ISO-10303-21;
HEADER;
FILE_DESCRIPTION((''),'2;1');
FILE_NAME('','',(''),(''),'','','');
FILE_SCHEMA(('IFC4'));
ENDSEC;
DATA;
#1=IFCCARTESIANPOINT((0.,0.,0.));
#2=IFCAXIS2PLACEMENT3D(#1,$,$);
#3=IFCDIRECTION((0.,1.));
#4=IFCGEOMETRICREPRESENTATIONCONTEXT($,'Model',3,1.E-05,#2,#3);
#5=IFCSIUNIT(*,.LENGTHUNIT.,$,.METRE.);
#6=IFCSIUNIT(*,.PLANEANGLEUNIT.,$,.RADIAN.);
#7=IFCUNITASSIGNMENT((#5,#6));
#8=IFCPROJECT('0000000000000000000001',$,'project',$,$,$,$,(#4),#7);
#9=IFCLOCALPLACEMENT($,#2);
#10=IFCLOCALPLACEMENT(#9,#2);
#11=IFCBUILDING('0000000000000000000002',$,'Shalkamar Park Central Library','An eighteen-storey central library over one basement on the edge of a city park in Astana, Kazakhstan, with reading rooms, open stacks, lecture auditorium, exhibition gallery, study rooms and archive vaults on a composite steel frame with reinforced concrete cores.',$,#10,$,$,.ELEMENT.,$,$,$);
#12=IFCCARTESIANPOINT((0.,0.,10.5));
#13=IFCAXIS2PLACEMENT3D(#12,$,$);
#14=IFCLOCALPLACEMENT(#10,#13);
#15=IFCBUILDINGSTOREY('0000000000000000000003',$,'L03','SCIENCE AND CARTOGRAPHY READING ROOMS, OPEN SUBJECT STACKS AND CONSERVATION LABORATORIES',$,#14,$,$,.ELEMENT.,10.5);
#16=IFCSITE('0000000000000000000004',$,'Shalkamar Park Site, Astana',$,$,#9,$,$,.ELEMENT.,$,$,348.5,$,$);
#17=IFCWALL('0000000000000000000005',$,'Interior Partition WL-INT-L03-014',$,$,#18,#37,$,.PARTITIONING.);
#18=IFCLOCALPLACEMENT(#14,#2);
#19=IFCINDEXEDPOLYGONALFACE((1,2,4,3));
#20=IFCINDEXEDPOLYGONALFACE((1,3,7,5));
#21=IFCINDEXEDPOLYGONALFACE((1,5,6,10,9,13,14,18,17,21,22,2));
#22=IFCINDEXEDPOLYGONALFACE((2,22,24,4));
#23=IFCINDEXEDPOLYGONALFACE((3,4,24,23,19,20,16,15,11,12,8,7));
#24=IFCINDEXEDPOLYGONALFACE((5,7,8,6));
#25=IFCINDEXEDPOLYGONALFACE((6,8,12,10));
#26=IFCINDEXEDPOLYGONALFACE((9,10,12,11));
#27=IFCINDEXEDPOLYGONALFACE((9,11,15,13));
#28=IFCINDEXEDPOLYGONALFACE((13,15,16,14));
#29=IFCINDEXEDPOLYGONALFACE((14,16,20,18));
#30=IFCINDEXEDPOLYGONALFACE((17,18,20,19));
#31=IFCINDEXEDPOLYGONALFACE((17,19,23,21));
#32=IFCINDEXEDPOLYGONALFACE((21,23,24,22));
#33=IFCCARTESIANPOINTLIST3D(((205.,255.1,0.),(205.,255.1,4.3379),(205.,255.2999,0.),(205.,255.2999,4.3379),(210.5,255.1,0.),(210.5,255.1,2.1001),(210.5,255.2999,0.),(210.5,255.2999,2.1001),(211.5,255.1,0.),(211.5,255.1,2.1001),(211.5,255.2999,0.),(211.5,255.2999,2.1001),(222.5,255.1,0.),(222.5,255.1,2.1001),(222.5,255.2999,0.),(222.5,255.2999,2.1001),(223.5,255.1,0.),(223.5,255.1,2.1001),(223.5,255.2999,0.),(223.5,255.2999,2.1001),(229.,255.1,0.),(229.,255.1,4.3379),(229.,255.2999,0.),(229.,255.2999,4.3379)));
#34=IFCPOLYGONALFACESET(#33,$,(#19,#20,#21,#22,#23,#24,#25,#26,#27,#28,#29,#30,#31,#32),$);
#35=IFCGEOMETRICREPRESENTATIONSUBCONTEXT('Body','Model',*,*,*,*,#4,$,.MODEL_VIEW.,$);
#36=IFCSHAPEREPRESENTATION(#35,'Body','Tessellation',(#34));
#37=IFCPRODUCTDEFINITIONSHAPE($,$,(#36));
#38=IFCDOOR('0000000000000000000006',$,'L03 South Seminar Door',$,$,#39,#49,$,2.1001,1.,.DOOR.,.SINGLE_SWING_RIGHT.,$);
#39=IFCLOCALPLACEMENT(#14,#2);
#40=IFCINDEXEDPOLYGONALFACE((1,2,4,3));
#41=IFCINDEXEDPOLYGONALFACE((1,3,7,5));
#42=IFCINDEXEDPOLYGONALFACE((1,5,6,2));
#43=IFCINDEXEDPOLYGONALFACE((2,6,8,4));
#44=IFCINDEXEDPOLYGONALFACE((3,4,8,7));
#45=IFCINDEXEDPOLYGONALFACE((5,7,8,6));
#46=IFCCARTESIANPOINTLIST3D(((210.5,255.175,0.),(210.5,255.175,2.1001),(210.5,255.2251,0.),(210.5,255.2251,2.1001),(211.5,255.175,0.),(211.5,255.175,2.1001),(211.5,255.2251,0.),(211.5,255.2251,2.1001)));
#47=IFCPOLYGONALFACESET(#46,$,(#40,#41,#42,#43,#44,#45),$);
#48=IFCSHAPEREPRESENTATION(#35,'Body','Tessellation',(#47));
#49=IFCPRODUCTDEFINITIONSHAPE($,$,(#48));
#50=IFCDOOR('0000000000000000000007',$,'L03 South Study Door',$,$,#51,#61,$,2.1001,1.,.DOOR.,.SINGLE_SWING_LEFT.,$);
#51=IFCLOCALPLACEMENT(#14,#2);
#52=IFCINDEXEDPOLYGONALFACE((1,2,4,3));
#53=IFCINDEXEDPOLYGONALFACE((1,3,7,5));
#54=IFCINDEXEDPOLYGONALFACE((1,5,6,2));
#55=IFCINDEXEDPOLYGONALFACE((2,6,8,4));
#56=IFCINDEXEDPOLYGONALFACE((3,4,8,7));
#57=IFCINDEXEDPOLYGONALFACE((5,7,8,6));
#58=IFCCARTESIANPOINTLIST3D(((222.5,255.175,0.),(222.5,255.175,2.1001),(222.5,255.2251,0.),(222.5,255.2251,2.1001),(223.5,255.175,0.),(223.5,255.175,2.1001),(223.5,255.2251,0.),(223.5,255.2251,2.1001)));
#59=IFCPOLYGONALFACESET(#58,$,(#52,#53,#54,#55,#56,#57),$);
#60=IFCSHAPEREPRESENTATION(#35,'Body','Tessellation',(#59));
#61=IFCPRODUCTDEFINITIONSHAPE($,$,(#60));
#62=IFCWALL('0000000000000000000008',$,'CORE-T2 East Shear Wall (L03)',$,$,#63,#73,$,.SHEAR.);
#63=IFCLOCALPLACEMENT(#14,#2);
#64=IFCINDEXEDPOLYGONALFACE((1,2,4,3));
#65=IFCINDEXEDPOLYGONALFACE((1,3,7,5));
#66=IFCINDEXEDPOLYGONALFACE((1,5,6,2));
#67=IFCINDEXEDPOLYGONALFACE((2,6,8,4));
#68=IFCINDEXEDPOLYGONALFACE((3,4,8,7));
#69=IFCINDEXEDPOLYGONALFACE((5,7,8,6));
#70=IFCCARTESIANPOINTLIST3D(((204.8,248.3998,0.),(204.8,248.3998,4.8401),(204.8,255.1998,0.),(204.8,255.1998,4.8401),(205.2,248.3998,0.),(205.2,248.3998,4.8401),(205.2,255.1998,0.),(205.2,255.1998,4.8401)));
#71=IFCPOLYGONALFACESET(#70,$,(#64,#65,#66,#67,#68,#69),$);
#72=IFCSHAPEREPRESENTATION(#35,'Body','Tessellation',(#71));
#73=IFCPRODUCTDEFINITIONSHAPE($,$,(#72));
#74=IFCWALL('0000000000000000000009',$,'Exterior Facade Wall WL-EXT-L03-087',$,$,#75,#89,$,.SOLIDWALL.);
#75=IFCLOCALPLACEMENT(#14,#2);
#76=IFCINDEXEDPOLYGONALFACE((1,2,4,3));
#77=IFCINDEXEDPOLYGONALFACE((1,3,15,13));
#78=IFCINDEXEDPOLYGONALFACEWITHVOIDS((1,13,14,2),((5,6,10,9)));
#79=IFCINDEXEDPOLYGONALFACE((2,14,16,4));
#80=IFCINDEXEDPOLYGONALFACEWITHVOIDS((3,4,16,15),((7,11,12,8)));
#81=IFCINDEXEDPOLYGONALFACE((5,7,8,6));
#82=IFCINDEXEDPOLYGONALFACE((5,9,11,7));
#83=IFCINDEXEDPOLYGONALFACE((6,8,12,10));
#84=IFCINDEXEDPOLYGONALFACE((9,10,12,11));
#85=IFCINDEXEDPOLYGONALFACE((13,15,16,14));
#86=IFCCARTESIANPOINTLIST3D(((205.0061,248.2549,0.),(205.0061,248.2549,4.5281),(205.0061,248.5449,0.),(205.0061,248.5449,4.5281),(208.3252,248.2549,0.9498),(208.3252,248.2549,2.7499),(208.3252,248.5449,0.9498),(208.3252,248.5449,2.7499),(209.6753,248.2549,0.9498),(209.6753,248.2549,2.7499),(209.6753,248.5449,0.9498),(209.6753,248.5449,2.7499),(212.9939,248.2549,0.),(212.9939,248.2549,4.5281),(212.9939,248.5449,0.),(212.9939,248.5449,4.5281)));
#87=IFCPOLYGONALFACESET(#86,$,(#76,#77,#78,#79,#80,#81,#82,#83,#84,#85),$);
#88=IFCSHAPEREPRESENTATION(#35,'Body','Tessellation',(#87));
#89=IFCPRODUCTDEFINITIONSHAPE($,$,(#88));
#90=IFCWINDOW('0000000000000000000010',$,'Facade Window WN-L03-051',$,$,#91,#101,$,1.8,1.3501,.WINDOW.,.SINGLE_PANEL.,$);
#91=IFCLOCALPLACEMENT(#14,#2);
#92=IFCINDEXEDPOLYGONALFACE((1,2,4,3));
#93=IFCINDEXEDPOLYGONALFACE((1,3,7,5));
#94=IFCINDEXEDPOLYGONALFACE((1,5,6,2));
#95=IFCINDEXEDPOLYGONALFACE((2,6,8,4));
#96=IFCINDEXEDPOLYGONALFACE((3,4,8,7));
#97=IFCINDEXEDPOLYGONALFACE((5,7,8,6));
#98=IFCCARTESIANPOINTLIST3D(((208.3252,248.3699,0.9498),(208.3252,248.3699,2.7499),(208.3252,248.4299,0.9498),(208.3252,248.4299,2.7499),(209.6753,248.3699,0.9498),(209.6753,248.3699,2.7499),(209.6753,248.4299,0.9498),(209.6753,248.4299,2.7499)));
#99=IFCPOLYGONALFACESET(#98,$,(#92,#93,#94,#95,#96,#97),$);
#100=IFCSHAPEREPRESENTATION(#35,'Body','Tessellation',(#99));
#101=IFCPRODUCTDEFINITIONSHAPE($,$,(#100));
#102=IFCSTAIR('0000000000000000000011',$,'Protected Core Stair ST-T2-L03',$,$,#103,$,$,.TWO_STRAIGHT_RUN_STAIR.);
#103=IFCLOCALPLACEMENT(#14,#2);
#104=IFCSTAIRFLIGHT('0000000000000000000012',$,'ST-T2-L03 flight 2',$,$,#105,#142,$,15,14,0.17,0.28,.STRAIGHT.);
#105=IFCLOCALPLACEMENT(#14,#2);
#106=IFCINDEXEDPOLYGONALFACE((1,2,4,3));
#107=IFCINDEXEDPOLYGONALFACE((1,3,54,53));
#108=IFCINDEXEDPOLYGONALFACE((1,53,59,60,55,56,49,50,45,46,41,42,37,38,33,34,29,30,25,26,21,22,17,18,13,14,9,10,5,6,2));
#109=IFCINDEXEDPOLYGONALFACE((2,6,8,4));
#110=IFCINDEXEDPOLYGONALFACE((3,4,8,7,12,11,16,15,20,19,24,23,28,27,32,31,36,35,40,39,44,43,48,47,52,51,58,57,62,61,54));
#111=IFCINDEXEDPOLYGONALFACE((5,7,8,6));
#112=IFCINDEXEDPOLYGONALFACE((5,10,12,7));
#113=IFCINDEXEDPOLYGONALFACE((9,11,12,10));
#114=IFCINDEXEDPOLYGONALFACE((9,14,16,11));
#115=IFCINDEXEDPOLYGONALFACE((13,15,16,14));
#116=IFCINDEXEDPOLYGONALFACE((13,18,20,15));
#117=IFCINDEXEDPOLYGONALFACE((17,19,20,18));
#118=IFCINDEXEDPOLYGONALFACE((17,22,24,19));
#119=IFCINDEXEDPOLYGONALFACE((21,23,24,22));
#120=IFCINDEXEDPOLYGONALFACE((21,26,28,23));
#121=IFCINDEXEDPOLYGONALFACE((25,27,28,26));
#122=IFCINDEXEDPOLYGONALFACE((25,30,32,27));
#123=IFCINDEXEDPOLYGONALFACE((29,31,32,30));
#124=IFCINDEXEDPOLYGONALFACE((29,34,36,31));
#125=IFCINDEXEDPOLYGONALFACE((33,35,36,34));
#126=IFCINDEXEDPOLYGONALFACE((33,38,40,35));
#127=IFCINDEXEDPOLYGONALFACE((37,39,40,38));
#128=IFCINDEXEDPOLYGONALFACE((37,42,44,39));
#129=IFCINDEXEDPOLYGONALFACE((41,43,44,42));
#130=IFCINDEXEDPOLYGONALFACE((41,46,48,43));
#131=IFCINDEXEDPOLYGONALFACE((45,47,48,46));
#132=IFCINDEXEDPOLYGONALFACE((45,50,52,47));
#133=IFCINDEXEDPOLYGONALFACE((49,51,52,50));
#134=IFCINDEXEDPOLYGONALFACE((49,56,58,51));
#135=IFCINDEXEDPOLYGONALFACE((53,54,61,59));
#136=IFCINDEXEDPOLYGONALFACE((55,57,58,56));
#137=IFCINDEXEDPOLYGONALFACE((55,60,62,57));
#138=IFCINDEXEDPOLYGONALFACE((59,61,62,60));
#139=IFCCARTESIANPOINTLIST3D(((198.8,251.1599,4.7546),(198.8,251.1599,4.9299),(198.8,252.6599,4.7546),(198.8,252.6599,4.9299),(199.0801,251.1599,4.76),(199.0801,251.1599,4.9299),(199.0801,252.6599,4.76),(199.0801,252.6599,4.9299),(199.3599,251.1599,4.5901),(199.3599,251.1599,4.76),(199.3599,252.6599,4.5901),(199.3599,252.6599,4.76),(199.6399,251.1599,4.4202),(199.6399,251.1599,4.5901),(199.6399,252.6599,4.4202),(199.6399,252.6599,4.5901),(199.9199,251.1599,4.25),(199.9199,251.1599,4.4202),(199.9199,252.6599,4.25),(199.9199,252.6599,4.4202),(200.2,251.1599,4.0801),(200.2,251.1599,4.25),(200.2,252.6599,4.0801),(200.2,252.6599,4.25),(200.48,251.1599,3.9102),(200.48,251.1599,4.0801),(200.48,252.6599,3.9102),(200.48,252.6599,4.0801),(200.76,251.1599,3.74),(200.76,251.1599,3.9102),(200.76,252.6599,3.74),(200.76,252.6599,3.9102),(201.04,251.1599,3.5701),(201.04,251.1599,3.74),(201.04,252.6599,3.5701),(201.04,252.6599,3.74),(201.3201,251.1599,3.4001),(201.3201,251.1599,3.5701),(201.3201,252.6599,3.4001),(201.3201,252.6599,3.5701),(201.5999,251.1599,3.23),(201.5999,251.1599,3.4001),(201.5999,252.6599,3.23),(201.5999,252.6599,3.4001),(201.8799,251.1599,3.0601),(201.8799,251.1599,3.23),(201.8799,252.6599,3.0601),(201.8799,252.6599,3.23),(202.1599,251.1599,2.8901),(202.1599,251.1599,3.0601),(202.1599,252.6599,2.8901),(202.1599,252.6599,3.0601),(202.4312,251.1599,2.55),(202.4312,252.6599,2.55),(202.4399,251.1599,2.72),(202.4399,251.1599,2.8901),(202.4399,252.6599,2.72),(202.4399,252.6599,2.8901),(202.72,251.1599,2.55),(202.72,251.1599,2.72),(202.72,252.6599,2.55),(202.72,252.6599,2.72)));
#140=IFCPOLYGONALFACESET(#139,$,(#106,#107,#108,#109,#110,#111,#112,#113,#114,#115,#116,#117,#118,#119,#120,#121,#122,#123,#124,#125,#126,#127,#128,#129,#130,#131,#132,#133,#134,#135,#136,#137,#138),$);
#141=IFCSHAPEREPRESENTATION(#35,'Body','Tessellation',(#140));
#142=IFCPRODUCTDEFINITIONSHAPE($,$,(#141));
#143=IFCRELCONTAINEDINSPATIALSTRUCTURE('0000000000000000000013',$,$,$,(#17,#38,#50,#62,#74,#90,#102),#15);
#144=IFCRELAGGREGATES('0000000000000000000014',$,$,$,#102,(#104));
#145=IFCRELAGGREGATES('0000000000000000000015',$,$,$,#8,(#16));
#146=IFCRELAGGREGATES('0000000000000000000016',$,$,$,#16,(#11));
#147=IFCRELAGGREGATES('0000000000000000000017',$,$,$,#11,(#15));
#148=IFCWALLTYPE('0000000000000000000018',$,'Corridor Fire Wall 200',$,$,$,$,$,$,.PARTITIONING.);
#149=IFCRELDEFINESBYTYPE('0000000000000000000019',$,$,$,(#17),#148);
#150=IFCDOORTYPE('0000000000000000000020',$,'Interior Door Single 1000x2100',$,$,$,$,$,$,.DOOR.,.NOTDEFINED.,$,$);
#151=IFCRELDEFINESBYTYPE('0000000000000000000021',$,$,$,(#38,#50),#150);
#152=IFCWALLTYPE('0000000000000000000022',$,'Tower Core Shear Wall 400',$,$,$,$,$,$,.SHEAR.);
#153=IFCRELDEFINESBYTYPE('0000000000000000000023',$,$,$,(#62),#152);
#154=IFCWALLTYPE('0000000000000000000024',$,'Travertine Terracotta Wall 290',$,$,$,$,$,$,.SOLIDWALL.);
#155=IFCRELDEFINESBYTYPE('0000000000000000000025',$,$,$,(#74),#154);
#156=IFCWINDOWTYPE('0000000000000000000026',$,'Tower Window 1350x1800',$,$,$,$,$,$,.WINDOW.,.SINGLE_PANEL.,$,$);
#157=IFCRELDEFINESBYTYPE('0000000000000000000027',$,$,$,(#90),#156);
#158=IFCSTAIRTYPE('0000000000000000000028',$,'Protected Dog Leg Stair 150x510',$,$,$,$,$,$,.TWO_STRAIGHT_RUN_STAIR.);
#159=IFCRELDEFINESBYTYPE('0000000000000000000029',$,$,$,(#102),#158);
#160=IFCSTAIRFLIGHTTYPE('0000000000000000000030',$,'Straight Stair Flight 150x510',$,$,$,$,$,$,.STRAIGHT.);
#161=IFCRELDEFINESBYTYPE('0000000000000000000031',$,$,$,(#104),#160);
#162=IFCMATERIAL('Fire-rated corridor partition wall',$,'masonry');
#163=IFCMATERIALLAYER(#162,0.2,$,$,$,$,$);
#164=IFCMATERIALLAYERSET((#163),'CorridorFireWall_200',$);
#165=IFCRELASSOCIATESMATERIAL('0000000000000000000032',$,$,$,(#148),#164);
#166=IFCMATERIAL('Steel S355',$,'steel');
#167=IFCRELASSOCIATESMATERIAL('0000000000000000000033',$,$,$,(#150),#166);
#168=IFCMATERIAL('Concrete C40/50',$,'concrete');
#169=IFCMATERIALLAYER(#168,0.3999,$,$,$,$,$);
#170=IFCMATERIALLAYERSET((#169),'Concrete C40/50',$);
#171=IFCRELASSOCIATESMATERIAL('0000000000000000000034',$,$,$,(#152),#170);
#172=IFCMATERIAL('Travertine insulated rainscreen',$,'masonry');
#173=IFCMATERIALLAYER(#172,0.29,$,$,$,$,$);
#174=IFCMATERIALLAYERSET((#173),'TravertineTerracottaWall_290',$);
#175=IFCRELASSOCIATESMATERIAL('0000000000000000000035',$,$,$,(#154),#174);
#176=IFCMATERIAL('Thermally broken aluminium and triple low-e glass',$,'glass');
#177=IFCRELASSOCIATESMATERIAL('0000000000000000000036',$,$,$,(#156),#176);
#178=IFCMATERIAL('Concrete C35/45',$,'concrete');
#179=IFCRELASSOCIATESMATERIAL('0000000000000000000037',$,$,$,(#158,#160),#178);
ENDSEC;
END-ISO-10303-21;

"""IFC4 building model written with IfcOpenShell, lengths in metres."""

from ifc_helpers import new_model, si_unit, direction, frame, frame_2d, origin, place, context, subcontext, project, spatial, polyline, rectangle, outline, extrude, material, layer, layer_set, type_object, element, fill, aggregate, save


model = new_model("IFC4")

# Units and contexts
model_context = context("Model", 3, precision=1e-05, world=origin(), true_north=direction((0.0, 1.0)))
body_context = subcontext(model_context, "Body", "Model", "MODEL_VIEW")
ifc_project = project(units=[si_unit("LENGTHUNIT", "METRE"), si_unit("PLANEANGLEUNIT", "RADIAN")], contexts=[model_context])

# Site, building, storey
site_placement = place(None, origin())
site = spatial("IfcSite", under=ifc_project, at=site_placement, Name="Shalkamar Park Site, Astana", CompositionType="ELEMENT", RefElevation=348.5)
building_placement = place(site_placement, origin())
building = spatial("IfcBuilding", under=site, at=building_placement, Name="Shalkamar Park Central Library", Description="An eighteen-storey central library over one basement on the edge of a city park in Astana, Kazakhstan, with reading rooms, open stacks, lecture auditorium, exhibition gallery, study rooms and archive vaults on a composite steel frame with reinforced concrete cores.", CompositionType="ELEMENT")
storey_placement = place(building_placement, frame((0.0, 0.0, 10.5)))
storey = spatial("IfcBuildingStorey", under=building, at=storey_placement, Name="L03", Description="SCIENCE AND CARTOGRAPHY READING ROOMS, OPEN SUBJECT STACKS AND CONSERVATION LABORATORIES", CompositionType="ELEMENT", Elevation=10.5)

# Shared definitions
ifc_material_1 = material(Name="Steel S355", Category="steel")

# Wall, openings, doors
ifc_material_2 = material(Name="Fire-rated corridor partition wall", Category="masonry")
ifc_layer_1 = layer(ifc_material_2, 0.2)
ifc_layer_set_1 = layer_set([ifc_layer_1], Name="CorridorFireWall_200")
wall_type_1 = type_object("IfcWallType", Name="Corridor Fire Wall 200", PredefinedType="PARTITIONING", material=ifc_layer_set_1)
wall_1_placement = place(storey_placement, frame((205.0, 255.2, 0.0), z_axis=(0.0, 0.0, 1.0), x_axis=(1.0, 0.0, 0.0)))
wall_1 = element("IfcWall", 1, at=wall_1_placement, inside=storey, type_object=wall_type_1, Name="Interior Partition WL-INT-L03-014", PredefinedType="PARTITIONING", context=body_context, shape_type="SweptSolid", body=[
    extrude(rectangle(XDim=24.0, YDim=0.2, at=frame_2d((12.0, 0.0))), origin(), (0.0, 0.0, 1.0), 4.3379),
])
opening_1_placement = place(wall_1_placement, frame((5.5, 0.0, 0.0)))
opening_1 = element("IfcOpeningElement", 2, at=opening_1_placement, cuts=wall_1, PredefinedType="OPENING", context=body_context, shape_type="SweptSolid", body=[
    extrude(rectangle(XDim=1.0, YDim=2.1001, at=frame_2d((0.5, 1.05))), frame((0.0, 0.1147, 0.0), z_axis=(0.0, -1.0, 0.0), x_axis=(1.0, 0.0, 0.0)), (0.0, 0.0, 1.0), 0.2297),
])
opening_2_placement = place(wall_1_placement, frame((17.5, 0.0, 0.0)))
opening_2 = element("IfcOpeningElement", 3, at=opening_2_placement, cuts=wall_1, PredefinedType="OPENING", context=body_context, shape_type="SweptSolid", body=[
    extrude(rectangle(XDim=1.0, YDim=2.1001, at=frame_2d((0.5, 1.05))), frame((0.0, 0.1147, 0.0), z_axis=(0.0, -1.0, 0.0), x_axis=(1.0, 0.0, 0.0)), (0.0, 0.0, 1.0), 0.2297),
])
door_type = type_object("IfcDoorType", Name="Interior Door Single 1000x2100", OperationType="NOTDEFINED", PredefinedType="DOOR", material=ifc_material_1)
door_1_placement = place(opening_1_placement, frame((1.0, 0.0, 0.0), z_axis=(0.0, 0.0, 1.0), x_axis=(-1.0, 0.0, 0.0)))
door_1 = element("IfcDoor", 4, at=door_1_placement, inside=storey, type_object=door_type, Name="L03 South Seminar Door", OperationType="SINGLE_SWING_RIGHT", OverallHeight=2.1001, OverallWidth=1.0, PredefinedType="DOOR", context=body_context, shape_type="SweptSolid", body=[
    extrude(rectangle(XDim=1.0, YDim=2.1001, at=frame_2d((0.5, 1.05))), frame((0.0, 0.0249, 0.0), z_axis=(0.0, -1.0, 0.0), x_axis=(1.0, 0.0, 0.0)), (0.0, 0.0, 1.0), 0.05),
])
fill(opening_1, door_1)
door_2_placement = place(opening_2_placement, frame((1.0, 0.0, 0.0), z_axis=(0.0, 0.0, 1.0), x_axis=(-1.0, 0.0, 0.0)))
door_2 = element("IfcDoor", 5, at=door_2_placement, inside=storey, type_object=door_type, Name="L03 South Study Door", OperationType="SINGLE_SWING_LEFT", OverallHeight=2.1001, OverallWidth=1.0, PredefinedType="DOOR", context=body_context, shape_type="SweptSolid", body=[
    extrude(rectangle(XDim=1.0, YDim=2.1001, at=frame_2d((0.5, 1.05))), frame((0.0, 0.0249, 0.0), z_axis=(0.0, -1.0, 0.0), x_axis=(1.0, 0.0, 0.0)), (0.0, 0.0, 1.0), 0.05),
])
fill(opening_2, door_2)

# Wall
ifc_material_3 = material(Name="Concrete C40/50", Category="concrete")
ifc_layer_2 = layer(ifc_material_3, 0.3999)
ifc_layer_set_2 = layer_set([ifc_layer_2], Name="Concrete C40/50")
wall_type_2 = type_object("IfcWallType", Name="Tower Core Shear Wall 400", PredefinedType="SHEAR", material=ifc_layer_set_2)
wall_2_placement = place(storey_placement, frame((205.0, 248.3999, 0.0), z_axis=(0.0, 0.0, 1.0), x_axis=(0.0, 1.0, 0.0)))
element("IfcWall", 6, at=wall_2_placement, inside=storey, type_object=wall_type_2, Name="CORE-T2 East Shear Wall (L03)", PredefinedType="SHEAR", context=body_context, shape_type="SweptSolid", body=[
    extrude(rectangle(XDim=6.8, YDim=0.3999, at=frame_2d((3.3999, 0.0))), origin(), (0.0, 0.0, 1.0), 4.8401),
])

# Wall, opening, window
ifc_material_4 = material(Name="Travertine insulated rainscreen", Category="masonry")
ifc_layer_3 = layer(ifc_material_4, 0.29)
ifc_layer_set_3 = layer_set([ifc_layer_3], Name="TravertineTerracottaWall_290")
wall_type_3 = type_object("IfcWallType", Name="Travertine Terracotta Wall 290", PredefinedType="SOLIDWALL", material=ifc_layer_set_3)
wall_3_placement = place(storey_placement, frame((205.0061, 248.3999, 0.0), z_axis=(0.0, 0.0, 1.0), x_axis=(1.0, 0.0, 0.0)))
wall_3 = element("IfcWall", 7, at=wall_3_placement, inside=storey, type_object=wall_type_3, Name="Exterior Facade Wall WL-EXT-L03-087", PredefinedType="SOLIDWALL", context=body_context, shape_type="SweptSolid", body=[
    extrude(rectangle(XDim=7.9878, YDim=0.29, at=frame_2d((3.9939, 0.0))), origin(), (0.0, 0.0, 1.0), 4.5281),
])
opening_3_placement = place(wall_3_placement, frame((3.3191, 0.0, 0.95)))
opening_3 = element("IfcOpeningElement", 8, at=opening_3_placement, cuts=wall_3, PredefinedType="OPENING", context=body_context, shape_type="SweptSolid", body=[
    extrude(rectangle(XDim=1.3501, YDim=1.8, at=frame_2d((0.675, 0.8999))), frame((0.0, 0.1599, 0.0), z_axis=(0.0, -1.0, 0.0), x_axis=(1.0, 0.0, 0.0)), (0.0, 0.0, 1.0), 0.3198),
])
ifc_material_5 = material(Name="Thermally broken aluminium and triple low-e glass", Category="glass")
window_type = type_object("IfcWindowType", Name="Tower Window 1350x1800", PartitioningType="SINGLE_PANEL", PredefinedType="WINDOW", material=ifc_material_5)
window_placement = place(opening_3_placement, origin())
window = element("IfcWindow", 9, at=window_placement, inside=storey, type_object=window_type, Name="Facade Window WN-L03-051", OverallHeight=1.8, OverallWidth=1.3501, PartitioningType="SINGLE_PANEL", PredefinedType="WINDOW", context=body_context, shape_type="SweptSolid", body=[
    extrude(rectangle(XDim=1.3501, YDim=1.8, at=frame_2d((0.675, 0.8999))), frame((0.0, 0.03, 0.0), z_axis=(0.0, -1.0, 0.0), x_axis=(1.0, 0.0, 0.0)), (0.0, 0.0, 1.0), 0.0601),
])
fill(opening_3, window)

# Stair, stair flight
ifc_material_6 = material(Name="Concrete C35/45", Category="concrete")
stair_type = type_object("IfcStairType", Name="Protected Dog Leg Stair 150x510", PredefinedType="TWO_STRAIGHT_RUN_STAIR", material=ifc_material_6)
stair_placement = place(storey_placement, origin())
stair = element("IfcStair", 10, at=stair_placement, inside=storey, type_object=stair_type, Name="Protected Core Stair ST-T2-L03", PredefinedType="TWO_STRAIGHT_RUN_STAIR")
stair_flight_type = type_object("IfcStairFlightType", Name="Straight Stair Flight 150x510", PredefinedType="STRAIGHT", material=ifc_material_6)
stair_flight_placement = place(storey_placement, frame((202.72, 251.9099, 2.55), z_axis=(0.0, 0.0, 1.0), x_axis=(-1.0, 0.0, 0.0)))
stair_flight = element("IfcStairFlight", 11, at=stair_flight_placement, type_object=stair_flight_type, Name="ST-T2-L03 flight 2", NumberOfRisers=15, NumberOfTreads=14, PredefinedType="STRAIGHT", RiserHeight=0.17, TreadLength=0.28, context=body_context, shape_type="SweptSolid", body=[
    extrude(outline(polyline([(0.0, 0.0), (0.0, 0.1699), (0.28, 0.1699), (0.28, 0.3401), (0.5601, 0.3401), (0.5601, 0.51), (0.8401, 0.51), (0.8401, 0.6799), (1.1201, 0.6799), (1.1201, 0.8501), (1.3999, 0.8501), (1.3999, 1.02), (1.6799, 1.02), (1.6799, 1.1899), (1.96, 1.1899), (1.96, 1.3601), (2.24, 1.3601), (2.24, 1.53), (2.52, 1.53), (2.52, 1.7), (2.8, 1.7), (2.8, 1.8701), (3.0801, 1.8701), (3.0801, 2.04), (3.3601, 2.04), (3.3601, 2.21), (3.6399, 2.21), (3.6399, 2.3799), (3.9199, 2.3799), (3.9199, 2.55), (3.9199, 2.2046), (0.2888, 0.0), (0.0, 0.0)])), frame((0.0, 0.75, 0.0), z_axis=(0.0, -1.0, 0.0), x_axis=(1.0, 0.0, 0.0)), (0.0, 0.0, 1.0), 1.5),
])
aggregate(stair, [stair_flight])

save(model, "model.ifc")
